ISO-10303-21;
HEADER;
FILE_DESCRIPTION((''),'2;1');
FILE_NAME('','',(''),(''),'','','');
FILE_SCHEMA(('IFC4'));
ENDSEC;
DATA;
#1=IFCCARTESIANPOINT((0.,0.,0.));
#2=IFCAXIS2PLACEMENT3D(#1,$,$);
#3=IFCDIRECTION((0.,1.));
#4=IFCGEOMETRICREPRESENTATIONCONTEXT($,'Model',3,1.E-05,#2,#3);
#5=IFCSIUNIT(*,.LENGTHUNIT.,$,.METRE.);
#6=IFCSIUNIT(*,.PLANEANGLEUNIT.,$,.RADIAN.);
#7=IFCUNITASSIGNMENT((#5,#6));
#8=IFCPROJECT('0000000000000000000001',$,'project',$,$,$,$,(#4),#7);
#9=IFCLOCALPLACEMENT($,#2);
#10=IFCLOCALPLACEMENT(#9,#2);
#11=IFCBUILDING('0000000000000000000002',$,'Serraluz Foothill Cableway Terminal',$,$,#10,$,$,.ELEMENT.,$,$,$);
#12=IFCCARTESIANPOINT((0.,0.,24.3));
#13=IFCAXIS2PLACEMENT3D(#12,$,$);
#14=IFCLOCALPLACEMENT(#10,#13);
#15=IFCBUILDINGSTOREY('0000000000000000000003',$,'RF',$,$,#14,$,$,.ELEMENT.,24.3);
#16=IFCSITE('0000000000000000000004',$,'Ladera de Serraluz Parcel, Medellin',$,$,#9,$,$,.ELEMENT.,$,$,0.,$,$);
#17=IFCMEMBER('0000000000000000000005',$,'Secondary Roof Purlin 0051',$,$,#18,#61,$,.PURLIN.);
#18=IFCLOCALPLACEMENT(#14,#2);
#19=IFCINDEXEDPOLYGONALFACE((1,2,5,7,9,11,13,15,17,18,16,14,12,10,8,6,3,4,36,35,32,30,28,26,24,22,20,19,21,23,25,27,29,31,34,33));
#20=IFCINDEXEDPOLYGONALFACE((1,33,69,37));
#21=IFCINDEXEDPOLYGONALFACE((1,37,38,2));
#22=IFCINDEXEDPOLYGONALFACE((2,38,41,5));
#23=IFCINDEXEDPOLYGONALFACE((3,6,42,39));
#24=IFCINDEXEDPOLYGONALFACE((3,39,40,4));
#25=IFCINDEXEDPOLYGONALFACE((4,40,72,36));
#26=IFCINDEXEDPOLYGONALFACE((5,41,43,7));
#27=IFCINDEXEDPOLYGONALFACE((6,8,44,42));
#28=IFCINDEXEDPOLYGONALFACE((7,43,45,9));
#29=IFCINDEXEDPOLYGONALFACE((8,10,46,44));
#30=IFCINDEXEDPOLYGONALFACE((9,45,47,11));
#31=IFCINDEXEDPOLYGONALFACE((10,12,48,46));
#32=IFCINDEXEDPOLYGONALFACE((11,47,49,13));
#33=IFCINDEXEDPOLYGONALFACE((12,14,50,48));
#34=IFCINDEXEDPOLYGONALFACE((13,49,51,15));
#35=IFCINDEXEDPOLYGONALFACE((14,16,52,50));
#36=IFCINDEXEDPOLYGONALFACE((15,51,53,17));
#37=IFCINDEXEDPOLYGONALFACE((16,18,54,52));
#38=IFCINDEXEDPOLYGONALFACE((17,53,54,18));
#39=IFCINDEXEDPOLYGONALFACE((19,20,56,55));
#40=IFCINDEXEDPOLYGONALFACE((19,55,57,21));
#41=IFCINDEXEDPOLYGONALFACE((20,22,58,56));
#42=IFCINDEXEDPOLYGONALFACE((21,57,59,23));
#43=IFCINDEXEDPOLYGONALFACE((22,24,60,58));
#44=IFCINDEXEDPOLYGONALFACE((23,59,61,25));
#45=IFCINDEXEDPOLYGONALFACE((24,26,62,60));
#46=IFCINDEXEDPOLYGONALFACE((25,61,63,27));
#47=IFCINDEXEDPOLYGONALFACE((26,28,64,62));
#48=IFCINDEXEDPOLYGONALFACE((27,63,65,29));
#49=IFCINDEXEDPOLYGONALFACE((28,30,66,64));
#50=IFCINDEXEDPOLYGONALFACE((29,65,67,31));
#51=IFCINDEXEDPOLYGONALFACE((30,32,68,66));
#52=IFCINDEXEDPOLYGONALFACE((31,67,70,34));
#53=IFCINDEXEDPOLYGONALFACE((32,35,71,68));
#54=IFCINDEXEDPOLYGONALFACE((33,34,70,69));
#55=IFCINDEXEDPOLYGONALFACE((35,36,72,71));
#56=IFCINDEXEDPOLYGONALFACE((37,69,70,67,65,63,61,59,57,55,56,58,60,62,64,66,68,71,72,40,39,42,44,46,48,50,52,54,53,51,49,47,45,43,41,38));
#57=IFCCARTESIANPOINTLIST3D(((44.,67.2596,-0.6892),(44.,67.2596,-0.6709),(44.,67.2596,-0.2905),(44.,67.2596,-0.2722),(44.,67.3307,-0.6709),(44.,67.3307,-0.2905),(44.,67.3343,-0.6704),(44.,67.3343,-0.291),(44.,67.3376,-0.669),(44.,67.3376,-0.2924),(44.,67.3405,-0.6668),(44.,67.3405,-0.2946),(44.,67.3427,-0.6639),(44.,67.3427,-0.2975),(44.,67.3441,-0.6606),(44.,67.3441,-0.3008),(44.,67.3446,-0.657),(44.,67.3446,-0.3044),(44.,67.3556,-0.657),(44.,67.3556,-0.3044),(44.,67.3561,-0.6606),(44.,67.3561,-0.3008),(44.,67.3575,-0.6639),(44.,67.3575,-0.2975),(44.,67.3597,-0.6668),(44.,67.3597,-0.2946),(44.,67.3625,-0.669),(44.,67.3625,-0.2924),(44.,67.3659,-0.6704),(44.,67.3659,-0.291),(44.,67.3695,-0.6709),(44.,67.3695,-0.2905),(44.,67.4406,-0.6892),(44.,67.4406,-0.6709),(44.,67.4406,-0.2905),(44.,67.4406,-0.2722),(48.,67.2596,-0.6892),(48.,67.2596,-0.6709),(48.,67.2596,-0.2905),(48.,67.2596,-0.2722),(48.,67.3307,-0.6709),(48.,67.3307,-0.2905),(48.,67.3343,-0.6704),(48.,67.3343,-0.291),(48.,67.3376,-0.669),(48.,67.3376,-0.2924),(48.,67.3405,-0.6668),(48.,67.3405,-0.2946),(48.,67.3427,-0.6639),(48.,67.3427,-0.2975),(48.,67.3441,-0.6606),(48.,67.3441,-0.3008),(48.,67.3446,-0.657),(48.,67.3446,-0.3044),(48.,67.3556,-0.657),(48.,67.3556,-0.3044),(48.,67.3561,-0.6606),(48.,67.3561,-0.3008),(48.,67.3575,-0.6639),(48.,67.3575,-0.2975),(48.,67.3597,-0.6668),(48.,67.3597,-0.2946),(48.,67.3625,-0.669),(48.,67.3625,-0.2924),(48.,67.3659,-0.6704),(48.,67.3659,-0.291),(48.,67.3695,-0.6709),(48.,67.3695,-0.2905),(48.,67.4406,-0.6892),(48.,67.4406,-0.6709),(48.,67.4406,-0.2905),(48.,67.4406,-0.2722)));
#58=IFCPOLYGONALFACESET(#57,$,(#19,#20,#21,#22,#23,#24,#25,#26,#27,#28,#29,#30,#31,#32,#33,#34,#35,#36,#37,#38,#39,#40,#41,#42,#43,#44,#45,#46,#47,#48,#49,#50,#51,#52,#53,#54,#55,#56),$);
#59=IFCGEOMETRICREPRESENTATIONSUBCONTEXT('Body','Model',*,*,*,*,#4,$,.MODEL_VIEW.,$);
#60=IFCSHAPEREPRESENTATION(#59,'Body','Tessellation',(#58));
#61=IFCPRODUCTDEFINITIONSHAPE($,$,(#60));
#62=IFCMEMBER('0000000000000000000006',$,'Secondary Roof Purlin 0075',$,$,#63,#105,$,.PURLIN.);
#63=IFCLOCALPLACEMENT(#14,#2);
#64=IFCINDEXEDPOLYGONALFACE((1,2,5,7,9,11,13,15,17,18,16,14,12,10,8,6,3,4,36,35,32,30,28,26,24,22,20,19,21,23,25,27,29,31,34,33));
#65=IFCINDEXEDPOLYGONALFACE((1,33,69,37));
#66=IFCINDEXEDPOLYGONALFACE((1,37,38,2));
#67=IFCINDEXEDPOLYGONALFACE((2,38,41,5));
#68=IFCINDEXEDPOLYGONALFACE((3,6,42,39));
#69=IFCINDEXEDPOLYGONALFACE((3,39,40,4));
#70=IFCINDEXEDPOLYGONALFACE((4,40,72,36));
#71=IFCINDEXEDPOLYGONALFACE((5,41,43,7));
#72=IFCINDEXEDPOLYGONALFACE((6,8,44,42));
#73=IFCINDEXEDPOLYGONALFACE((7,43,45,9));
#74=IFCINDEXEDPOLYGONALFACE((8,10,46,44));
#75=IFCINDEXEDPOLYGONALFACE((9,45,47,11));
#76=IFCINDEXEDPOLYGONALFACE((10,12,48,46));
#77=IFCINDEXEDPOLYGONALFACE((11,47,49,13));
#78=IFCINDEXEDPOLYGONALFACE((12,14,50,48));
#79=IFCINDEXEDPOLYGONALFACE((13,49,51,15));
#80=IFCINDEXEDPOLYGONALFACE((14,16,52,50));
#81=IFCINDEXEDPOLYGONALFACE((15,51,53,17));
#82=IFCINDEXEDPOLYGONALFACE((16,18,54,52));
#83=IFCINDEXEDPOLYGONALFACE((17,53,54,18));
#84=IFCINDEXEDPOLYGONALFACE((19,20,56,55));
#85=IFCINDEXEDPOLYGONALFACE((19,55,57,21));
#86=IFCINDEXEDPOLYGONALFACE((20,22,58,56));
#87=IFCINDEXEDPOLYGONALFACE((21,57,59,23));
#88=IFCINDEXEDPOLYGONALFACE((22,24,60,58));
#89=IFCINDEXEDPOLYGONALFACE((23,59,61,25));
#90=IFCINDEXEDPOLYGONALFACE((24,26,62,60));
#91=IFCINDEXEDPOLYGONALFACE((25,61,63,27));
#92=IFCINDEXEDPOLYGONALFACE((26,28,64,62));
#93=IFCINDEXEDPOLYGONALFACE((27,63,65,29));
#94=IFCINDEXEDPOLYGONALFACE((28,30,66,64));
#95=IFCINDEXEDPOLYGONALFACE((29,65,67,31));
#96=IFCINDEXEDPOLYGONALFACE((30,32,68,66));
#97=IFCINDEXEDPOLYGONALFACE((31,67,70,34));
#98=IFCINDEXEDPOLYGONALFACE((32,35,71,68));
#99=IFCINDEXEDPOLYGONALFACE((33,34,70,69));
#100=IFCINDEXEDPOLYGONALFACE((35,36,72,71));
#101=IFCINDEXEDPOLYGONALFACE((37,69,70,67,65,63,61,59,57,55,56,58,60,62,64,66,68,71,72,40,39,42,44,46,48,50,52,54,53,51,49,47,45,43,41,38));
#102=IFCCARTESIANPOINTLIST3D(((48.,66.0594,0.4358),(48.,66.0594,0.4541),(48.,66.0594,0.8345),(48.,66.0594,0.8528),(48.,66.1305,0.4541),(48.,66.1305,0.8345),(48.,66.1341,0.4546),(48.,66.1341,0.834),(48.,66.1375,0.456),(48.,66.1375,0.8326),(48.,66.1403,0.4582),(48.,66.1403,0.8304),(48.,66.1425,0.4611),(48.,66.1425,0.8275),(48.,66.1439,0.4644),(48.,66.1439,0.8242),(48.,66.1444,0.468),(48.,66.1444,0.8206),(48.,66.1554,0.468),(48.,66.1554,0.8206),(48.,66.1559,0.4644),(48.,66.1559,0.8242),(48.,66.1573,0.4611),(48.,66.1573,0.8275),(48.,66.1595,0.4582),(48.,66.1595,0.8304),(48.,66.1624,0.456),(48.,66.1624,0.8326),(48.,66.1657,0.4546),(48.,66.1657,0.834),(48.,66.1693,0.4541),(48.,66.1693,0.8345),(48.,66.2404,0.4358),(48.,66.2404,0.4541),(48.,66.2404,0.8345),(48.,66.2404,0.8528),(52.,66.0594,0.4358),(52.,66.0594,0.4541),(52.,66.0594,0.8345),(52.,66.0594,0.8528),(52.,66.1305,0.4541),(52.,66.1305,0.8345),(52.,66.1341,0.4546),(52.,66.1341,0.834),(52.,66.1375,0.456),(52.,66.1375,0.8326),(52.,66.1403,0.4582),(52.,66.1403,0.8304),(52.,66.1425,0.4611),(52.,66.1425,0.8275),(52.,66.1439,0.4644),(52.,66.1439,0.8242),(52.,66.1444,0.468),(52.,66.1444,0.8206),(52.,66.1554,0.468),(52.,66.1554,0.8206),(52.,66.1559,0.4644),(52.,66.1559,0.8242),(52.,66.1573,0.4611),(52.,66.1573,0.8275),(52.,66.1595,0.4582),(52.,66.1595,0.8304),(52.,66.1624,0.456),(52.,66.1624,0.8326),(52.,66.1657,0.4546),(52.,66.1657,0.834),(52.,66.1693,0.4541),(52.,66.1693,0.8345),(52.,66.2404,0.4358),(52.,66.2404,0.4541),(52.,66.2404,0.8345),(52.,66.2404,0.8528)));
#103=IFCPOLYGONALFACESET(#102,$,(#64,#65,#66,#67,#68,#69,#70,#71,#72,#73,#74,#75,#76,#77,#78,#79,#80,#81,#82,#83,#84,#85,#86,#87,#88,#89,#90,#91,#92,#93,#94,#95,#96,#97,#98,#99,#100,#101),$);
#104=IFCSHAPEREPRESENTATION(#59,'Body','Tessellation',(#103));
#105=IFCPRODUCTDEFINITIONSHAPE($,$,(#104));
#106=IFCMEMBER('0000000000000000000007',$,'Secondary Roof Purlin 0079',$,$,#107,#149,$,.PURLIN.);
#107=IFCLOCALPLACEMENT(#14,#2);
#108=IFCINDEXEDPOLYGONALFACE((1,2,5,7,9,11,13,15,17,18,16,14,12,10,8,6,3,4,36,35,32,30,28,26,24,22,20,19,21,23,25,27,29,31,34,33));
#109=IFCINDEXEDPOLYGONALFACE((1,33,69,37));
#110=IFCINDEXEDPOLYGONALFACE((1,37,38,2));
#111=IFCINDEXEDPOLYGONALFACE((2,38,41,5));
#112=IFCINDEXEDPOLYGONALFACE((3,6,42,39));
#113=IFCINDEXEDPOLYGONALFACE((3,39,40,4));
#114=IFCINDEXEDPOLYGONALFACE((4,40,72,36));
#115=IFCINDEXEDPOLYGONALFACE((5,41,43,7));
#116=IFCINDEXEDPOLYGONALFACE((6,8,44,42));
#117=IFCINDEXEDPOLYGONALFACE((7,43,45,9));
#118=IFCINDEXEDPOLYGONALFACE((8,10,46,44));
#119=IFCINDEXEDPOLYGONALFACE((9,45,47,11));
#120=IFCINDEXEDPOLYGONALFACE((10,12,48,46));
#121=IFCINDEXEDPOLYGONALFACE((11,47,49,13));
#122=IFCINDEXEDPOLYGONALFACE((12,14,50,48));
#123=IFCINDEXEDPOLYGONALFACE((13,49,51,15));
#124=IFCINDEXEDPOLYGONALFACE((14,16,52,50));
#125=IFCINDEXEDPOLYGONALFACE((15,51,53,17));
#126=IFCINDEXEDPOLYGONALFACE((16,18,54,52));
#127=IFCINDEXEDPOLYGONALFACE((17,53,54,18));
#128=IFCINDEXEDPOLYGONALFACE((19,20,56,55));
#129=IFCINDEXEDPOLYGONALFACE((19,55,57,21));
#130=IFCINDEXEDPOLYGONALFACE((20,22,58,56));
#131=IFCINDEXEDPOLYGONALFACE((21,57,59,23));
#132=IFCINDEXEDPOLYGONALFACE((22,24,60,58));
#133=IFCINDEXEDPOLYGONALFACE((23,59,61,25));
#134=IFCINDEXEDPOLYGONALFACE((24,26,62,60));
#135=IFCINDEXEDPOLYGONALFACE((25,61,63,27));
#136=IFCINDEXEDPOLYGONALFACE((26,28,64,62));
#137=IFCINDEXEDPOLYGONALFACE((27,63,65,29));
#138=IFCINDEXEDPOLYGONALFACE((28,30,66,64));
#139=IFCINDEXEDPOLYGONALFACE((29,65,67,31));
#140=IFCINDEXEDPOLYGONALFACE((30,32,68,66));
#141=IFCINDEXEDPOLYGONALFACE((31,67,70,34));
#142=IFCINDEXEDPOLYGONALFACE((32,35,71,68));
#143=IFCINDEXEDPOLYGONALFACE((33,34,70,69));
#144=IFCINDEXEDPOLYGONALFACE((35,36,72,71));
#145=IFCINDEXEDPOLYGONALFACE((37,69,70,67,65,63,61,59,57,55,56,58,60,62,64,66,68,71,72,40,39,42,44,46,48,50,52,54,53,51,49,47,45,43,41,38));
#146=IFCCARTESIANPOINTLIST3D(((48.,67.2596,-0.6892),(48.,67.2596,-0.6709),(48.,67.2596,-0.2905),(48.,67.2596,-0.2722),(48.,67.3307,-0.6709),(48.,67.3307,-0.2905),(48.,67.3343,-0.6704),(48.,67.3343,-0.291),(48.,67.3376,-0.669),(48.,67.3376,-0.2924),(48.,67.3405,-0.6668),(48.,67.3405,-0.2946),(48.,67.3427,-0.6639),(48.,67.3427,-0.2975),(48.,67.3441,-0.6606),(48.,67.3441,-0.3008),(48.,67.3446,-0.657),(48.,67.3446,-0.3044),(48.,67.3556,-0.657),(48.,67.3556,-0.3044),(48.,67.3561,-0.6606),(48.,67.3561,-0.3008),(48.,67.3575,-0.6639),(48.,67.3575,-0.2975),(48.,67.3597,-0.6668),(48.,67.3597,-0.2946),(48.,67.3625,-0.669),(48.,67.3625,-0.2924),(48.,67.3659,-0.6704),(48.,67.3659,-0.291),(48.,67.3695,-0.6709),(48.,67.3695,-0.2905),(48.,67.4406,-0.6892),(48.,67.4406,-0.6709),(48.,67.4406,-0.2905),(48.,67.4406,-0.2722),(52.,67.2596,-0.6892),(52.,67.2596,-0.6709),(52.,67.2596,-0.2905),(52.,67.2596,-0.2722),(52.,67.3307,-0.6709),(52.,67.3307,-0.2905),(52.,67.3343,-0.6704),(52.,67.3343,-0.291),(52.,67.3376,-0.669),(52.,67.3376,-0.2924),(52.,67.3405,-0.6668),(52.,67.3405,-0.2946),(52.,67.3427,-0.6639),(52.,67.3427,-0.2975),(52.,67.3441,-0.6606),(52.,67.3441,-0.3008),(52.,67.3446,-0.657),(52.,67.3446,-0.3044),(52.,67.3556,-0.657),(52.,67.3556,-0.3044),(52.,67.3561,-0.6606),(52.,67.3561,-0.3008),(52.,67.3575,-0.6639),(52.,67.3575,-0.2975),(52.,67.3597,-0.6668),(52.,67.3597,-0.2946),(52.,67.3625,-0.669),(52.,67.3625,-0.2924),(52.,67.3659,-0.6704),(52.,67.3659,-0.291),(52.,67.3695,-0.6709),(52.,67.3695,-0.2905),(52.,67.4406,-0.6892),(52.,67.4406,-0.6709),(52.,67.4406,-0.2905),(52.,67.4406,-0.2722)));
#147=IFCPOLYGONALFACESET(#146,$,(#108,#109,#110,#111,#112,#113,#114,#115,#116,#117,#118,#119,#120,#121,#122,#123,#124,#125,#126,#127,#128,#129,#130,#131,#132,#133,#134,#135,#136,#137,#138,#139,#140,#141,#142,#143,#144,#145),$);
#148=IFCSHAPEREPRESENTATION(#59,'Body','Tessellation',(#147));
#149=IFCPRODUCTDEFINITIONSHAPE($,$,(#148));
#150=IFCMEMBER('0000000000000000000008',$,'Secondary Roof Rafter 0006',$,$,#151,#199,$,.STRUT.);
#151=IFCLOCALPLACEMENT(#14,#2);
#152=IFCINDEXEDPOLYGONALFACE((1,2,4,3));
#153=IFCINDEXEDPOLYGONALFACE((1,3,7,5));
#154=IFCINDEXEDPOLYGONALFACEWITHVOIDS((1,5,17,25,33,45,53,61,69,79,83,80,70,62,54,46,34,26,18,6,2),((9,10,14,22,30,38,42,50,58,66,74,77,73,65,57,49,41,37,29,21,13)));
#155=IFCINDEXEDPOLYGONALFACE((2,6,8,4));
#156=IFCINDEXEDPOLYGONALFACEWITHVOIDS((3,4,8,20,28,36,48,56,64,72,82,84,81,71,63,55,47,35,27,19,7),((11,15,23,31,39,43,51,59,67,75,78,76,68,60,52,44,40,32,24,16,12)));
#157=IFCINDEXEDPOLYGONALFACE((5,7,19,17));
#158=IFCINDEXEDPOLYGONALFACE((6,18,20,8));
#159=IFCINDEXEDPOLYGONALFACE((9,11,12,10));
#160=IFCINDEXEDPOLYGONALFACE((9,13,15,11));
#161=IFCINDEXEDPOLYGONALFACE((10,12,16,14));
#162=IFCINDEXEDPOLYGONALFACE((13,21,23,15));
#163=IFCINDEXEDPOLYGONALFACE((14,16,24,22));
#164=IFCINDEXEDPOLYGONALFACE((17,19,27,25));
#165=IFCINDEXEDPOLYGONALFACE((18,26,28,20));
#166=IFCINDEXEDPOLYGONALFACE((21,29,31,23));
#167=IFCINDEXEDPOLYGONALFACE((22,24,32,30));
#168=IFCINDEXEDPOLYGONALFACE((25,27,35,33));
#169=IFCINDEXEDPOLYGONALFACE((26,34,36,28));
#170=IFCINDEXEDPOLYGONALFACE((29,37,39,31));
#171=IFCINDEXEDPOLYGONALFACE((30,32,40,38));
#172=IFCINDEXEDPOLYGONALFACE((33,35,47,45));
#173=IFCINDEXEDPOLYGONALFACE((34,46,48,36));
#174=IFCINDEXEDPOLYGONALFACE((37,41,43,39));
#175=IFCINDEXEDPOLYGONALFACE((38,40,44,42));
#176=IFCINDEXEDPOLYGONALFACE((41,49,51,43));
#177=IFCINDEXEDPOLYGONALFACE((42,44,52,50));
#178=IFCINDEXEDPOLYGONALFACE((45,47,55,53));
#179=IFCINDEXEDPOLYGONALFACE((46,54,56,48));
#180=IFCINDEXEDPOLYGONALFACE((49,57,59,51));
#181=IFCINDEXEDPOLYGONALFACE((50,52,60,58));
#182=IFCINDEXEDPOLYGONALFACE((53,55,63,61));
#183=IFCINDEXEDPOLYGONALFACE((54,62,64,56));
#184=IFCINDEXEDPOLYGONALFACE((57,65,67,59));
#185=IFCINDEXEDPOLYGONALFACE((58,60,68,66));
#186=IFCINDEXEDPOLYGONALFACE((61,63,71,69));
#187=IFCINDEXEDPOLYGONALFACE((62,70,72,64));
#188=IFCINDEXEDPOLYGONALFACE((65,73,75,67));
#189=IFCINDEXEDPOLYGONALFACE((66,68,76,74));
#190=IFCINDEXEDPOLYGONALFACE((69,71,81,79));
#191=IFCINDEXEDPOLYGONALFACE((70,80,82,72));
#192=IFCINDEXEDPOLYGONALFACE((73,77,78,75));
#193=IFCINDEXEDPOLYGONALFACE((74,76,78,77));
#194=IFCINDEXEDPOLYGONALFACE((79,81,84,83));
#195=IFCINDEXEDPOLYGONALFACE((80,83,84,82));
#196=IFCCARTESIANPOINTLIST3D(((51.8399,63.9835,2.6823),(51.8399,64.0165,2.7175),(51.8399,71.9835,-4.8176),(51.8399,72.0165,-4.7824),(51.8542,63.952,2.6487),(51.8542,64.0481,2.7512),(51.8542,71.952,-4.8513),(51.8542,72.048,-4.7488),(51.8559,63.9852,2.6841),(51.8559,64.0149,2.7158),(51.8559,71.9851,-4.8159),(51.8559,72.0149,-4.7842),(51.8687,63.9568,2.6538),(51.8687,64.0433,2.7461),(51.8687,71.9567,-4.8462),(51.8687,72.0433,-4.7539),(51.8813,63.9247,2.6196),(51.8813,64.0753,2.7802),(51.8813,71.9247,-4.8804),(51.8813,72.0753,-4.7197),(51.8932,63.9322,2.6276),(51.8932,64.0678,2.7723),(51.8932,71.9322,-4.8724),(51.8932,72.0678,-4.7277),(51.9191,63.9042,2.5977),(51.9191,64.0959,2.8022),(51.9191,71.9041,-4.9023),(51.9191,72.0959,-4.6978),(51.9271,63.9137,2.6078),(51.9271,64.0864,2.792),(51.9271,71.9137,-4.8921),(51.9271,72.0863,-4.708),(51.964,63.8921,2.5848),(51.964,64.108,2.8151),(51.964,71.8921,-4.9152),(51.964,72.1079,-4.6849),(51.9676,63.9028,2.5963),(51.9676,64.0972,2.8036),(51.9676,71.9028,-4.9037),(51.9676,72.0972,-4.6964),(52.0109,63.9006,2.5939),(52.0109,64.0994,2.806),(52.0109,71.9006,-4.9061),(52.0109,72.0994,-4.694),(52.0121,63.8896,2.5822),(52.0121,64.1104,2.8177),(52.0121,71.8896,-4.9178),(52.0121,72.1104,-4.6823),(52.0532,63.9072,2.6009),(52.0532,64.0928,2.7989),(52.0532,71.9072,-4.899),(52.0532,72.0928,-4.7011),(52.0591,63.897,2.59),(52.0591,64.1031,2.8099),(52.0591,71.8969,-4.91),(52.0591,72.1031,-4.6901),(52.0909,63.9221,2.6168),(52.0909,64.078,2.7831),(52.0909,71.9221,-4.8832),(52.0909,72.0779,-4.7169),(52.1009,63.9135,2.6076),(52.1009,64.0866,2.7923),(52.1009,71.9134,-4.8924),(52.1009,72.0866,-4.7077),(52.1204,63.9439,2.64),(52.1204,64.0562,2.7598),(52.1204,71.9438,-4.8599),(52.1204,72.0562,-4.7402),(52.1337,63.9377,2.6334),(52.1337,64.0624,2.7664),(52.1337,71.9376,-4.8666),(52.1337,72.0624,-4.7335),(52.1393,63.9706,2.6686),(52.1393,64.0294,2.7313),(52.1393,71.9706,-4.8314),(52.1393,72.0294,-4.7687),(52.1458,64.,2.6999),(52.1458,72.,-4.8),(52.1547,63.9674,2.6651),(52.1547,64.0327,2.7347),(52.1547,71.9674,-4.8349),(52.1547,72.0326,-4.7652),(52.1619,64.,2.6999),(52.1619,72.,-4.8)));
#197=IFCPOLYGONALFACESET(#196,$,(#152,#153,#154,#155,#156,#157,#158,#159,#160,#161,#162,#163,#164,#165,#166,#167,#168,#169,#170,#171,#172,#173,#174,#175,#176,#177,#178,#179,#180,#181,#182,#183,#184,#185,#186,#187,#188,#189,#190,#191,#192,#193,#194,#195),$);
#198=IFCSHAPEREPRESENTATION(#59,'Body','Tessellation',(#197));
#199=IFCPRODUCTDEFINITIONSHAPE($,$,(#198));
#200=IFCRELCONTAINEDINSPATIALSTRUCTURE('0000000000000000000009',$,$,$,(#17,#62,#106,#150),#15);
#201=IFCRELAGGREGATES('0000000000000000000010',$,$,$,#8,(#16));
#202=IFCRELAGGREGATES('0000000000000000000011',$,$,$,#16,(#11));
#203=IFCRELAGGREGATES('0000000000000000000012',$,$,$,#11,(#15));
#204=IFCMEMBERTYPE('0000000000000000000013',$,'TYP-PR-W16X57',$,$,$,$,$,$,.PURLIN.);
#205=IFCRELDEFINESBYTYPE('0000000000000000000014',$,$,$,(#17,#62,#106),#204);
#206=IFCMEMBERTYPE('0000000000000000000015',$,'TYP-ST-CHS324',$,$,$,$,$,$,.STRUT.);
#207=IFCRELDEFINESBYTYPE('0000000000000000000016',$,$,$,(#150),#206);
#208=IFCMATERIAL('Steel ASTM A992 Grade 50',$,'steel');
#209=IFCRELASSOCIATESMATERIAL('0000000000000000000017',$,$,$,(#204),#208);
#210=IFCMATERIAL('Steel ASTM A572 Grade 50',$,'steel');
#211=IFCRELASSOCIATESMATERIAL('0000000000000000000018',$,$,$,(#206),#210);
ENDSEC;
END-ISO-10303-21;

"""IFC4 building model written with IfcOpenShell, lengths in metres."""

from ifc_helpers import new_model, si_unit, direction, frame, origin, origin_2d, place, context, subcontext, project, spatial, hollow_circle, i_section, extrude, material, material_profile, profile_set, type_object, element, save


model = new_model("IFC4")

# Units and contexts
model_context = context("Model", 3, precision=1e-05, world=origin(), true_north=direction((0.0, 1.0)))
body_context = subcontext(model_context, "Body", "Model", "MODEL_VIEW")
ifc_project = project(units=[si_unit("LENGTHUNIT", "METRE"), si_unit("PLANEANGLEUNIT", "RADIAN")], contexts=[model_context])

# Site, building, storey
site_placement = place(None, origin())
site = spatial("IfcSite", under=ifc_project, at=site_placement, Name="Ladera de Serraluz Parcel, Medellin", CompositionType="ELEMENT", RefElevation=0.0)
building_placement = place(site_placement, origin())
building = spatial("IfcBuilding", under=site, at=building_placement, Name="Serraluz Foothill Cableway Terminal", CompositionType="ELEMENT")
storey_placement = place(building_placement, frame((0.0, 0.0, 24.3)))
storey = spatial("IfcBuildingStorey", under=building, at=storey_placement, Name="RF", CompositionType="ELEMENT", Elevation=24.3)

# Members
ifc_material_1 = material(Name="Steel ASTM A572 Grade 50", Category="steel")
ifc_material_2 = material(Name="Steel ASTM A992 Grade 50", Category="steel")
ifc_material_profile_1 = material_profile(ifc_material_2, i_section(OverallWidth=0.1809, OverallDepth=0.417, WebThickness=0.011, FlangeThickness=0.0183, FilletRadius=0.0139, at=origin_2d()), Name="W16X57")
ifc_profile_set_1 = profile_set([ifc_material_profile_1], Name="Steel ASTM A992 Grade 50")
member_type_1 = type_object("IfcMemberType", Name="TYP-PR-W16X57", PredefinedType="PURLIN", material=ifc_profile_set_1)
for number, where, z_axis, x_axis, name in (
    (1, (44.0, 67.3501, -0.4807), (1.0, 0.0, 0.0), (0.0, 1.0, 0.0), "Secondary Roof Purlin 0051"),
    (2, (48.0, 66.1499, 0.6443), (1.0, 0.0, 0.0), (0.0, 1.0, 0.0), "Secondary Roof Purlin 0075"),
    (3, (48.0, 67.3501, -0.4807), (1.0, 0.0, 0.0), (0.0, 1.0, 0.0), "Secondary Roof Purlin 0079"),
):
    element("IfcMember", number, at=place(storey_placement, frame(where, z_axis=z_axis, x_axis=x_axis)), inside=storey, type_object=member_type_1, Name=name, PredefinedType="PURLIN", context=body_context, shape_type="SweptSolid", body=[
        extrude(i_section(OverallWidth=0.1809, OverallDepth=0.417, WebThickness=0.011, FlangeThickness=0.0183, FilletRadius=0.0139, at=origin_2d()), origin(), (0.0, 0.0, 1.0), 4.0),
    ])
ifc_material_profile_2 = material_profile(ifc_material_1, hollow_circle(Radius=0.1619, WallThickness=0.0161, at=origin_2d()), Name="CHS324X16")
ifc_profile_set_2 = profile_set([ifc_material_profile_2], Name="Steel ASTM A572 Grade 50")
member_type_2 = type_object("IfcMemberType", Name="TYP-ST-CHS324", PredefinedType="STRUT", material=ifc_profile_set_2)
member_1_placement = place(storey_placement, frame((52.0, 72.0, -4.8), z_axis=(0.0, -0.729537, 0.683941), x_axis=(1.0, 0.0, 0.0)))
element("IfcMember", 4, at=member_1_placement, inside=storey, type_object=member_type_2, Name="Secondary Roof Rafter 0006", PredefinedType="STRUT", context=body_context, shape_type="SweptSolid", body=[
    extrude(hollow_circle(Radius=0.1619, WallThickness=0.0161, at=origin_2d()), origin(), (0.0, 0.0, 1.0), 10.9658),
])

save(model, "model.ifc")
